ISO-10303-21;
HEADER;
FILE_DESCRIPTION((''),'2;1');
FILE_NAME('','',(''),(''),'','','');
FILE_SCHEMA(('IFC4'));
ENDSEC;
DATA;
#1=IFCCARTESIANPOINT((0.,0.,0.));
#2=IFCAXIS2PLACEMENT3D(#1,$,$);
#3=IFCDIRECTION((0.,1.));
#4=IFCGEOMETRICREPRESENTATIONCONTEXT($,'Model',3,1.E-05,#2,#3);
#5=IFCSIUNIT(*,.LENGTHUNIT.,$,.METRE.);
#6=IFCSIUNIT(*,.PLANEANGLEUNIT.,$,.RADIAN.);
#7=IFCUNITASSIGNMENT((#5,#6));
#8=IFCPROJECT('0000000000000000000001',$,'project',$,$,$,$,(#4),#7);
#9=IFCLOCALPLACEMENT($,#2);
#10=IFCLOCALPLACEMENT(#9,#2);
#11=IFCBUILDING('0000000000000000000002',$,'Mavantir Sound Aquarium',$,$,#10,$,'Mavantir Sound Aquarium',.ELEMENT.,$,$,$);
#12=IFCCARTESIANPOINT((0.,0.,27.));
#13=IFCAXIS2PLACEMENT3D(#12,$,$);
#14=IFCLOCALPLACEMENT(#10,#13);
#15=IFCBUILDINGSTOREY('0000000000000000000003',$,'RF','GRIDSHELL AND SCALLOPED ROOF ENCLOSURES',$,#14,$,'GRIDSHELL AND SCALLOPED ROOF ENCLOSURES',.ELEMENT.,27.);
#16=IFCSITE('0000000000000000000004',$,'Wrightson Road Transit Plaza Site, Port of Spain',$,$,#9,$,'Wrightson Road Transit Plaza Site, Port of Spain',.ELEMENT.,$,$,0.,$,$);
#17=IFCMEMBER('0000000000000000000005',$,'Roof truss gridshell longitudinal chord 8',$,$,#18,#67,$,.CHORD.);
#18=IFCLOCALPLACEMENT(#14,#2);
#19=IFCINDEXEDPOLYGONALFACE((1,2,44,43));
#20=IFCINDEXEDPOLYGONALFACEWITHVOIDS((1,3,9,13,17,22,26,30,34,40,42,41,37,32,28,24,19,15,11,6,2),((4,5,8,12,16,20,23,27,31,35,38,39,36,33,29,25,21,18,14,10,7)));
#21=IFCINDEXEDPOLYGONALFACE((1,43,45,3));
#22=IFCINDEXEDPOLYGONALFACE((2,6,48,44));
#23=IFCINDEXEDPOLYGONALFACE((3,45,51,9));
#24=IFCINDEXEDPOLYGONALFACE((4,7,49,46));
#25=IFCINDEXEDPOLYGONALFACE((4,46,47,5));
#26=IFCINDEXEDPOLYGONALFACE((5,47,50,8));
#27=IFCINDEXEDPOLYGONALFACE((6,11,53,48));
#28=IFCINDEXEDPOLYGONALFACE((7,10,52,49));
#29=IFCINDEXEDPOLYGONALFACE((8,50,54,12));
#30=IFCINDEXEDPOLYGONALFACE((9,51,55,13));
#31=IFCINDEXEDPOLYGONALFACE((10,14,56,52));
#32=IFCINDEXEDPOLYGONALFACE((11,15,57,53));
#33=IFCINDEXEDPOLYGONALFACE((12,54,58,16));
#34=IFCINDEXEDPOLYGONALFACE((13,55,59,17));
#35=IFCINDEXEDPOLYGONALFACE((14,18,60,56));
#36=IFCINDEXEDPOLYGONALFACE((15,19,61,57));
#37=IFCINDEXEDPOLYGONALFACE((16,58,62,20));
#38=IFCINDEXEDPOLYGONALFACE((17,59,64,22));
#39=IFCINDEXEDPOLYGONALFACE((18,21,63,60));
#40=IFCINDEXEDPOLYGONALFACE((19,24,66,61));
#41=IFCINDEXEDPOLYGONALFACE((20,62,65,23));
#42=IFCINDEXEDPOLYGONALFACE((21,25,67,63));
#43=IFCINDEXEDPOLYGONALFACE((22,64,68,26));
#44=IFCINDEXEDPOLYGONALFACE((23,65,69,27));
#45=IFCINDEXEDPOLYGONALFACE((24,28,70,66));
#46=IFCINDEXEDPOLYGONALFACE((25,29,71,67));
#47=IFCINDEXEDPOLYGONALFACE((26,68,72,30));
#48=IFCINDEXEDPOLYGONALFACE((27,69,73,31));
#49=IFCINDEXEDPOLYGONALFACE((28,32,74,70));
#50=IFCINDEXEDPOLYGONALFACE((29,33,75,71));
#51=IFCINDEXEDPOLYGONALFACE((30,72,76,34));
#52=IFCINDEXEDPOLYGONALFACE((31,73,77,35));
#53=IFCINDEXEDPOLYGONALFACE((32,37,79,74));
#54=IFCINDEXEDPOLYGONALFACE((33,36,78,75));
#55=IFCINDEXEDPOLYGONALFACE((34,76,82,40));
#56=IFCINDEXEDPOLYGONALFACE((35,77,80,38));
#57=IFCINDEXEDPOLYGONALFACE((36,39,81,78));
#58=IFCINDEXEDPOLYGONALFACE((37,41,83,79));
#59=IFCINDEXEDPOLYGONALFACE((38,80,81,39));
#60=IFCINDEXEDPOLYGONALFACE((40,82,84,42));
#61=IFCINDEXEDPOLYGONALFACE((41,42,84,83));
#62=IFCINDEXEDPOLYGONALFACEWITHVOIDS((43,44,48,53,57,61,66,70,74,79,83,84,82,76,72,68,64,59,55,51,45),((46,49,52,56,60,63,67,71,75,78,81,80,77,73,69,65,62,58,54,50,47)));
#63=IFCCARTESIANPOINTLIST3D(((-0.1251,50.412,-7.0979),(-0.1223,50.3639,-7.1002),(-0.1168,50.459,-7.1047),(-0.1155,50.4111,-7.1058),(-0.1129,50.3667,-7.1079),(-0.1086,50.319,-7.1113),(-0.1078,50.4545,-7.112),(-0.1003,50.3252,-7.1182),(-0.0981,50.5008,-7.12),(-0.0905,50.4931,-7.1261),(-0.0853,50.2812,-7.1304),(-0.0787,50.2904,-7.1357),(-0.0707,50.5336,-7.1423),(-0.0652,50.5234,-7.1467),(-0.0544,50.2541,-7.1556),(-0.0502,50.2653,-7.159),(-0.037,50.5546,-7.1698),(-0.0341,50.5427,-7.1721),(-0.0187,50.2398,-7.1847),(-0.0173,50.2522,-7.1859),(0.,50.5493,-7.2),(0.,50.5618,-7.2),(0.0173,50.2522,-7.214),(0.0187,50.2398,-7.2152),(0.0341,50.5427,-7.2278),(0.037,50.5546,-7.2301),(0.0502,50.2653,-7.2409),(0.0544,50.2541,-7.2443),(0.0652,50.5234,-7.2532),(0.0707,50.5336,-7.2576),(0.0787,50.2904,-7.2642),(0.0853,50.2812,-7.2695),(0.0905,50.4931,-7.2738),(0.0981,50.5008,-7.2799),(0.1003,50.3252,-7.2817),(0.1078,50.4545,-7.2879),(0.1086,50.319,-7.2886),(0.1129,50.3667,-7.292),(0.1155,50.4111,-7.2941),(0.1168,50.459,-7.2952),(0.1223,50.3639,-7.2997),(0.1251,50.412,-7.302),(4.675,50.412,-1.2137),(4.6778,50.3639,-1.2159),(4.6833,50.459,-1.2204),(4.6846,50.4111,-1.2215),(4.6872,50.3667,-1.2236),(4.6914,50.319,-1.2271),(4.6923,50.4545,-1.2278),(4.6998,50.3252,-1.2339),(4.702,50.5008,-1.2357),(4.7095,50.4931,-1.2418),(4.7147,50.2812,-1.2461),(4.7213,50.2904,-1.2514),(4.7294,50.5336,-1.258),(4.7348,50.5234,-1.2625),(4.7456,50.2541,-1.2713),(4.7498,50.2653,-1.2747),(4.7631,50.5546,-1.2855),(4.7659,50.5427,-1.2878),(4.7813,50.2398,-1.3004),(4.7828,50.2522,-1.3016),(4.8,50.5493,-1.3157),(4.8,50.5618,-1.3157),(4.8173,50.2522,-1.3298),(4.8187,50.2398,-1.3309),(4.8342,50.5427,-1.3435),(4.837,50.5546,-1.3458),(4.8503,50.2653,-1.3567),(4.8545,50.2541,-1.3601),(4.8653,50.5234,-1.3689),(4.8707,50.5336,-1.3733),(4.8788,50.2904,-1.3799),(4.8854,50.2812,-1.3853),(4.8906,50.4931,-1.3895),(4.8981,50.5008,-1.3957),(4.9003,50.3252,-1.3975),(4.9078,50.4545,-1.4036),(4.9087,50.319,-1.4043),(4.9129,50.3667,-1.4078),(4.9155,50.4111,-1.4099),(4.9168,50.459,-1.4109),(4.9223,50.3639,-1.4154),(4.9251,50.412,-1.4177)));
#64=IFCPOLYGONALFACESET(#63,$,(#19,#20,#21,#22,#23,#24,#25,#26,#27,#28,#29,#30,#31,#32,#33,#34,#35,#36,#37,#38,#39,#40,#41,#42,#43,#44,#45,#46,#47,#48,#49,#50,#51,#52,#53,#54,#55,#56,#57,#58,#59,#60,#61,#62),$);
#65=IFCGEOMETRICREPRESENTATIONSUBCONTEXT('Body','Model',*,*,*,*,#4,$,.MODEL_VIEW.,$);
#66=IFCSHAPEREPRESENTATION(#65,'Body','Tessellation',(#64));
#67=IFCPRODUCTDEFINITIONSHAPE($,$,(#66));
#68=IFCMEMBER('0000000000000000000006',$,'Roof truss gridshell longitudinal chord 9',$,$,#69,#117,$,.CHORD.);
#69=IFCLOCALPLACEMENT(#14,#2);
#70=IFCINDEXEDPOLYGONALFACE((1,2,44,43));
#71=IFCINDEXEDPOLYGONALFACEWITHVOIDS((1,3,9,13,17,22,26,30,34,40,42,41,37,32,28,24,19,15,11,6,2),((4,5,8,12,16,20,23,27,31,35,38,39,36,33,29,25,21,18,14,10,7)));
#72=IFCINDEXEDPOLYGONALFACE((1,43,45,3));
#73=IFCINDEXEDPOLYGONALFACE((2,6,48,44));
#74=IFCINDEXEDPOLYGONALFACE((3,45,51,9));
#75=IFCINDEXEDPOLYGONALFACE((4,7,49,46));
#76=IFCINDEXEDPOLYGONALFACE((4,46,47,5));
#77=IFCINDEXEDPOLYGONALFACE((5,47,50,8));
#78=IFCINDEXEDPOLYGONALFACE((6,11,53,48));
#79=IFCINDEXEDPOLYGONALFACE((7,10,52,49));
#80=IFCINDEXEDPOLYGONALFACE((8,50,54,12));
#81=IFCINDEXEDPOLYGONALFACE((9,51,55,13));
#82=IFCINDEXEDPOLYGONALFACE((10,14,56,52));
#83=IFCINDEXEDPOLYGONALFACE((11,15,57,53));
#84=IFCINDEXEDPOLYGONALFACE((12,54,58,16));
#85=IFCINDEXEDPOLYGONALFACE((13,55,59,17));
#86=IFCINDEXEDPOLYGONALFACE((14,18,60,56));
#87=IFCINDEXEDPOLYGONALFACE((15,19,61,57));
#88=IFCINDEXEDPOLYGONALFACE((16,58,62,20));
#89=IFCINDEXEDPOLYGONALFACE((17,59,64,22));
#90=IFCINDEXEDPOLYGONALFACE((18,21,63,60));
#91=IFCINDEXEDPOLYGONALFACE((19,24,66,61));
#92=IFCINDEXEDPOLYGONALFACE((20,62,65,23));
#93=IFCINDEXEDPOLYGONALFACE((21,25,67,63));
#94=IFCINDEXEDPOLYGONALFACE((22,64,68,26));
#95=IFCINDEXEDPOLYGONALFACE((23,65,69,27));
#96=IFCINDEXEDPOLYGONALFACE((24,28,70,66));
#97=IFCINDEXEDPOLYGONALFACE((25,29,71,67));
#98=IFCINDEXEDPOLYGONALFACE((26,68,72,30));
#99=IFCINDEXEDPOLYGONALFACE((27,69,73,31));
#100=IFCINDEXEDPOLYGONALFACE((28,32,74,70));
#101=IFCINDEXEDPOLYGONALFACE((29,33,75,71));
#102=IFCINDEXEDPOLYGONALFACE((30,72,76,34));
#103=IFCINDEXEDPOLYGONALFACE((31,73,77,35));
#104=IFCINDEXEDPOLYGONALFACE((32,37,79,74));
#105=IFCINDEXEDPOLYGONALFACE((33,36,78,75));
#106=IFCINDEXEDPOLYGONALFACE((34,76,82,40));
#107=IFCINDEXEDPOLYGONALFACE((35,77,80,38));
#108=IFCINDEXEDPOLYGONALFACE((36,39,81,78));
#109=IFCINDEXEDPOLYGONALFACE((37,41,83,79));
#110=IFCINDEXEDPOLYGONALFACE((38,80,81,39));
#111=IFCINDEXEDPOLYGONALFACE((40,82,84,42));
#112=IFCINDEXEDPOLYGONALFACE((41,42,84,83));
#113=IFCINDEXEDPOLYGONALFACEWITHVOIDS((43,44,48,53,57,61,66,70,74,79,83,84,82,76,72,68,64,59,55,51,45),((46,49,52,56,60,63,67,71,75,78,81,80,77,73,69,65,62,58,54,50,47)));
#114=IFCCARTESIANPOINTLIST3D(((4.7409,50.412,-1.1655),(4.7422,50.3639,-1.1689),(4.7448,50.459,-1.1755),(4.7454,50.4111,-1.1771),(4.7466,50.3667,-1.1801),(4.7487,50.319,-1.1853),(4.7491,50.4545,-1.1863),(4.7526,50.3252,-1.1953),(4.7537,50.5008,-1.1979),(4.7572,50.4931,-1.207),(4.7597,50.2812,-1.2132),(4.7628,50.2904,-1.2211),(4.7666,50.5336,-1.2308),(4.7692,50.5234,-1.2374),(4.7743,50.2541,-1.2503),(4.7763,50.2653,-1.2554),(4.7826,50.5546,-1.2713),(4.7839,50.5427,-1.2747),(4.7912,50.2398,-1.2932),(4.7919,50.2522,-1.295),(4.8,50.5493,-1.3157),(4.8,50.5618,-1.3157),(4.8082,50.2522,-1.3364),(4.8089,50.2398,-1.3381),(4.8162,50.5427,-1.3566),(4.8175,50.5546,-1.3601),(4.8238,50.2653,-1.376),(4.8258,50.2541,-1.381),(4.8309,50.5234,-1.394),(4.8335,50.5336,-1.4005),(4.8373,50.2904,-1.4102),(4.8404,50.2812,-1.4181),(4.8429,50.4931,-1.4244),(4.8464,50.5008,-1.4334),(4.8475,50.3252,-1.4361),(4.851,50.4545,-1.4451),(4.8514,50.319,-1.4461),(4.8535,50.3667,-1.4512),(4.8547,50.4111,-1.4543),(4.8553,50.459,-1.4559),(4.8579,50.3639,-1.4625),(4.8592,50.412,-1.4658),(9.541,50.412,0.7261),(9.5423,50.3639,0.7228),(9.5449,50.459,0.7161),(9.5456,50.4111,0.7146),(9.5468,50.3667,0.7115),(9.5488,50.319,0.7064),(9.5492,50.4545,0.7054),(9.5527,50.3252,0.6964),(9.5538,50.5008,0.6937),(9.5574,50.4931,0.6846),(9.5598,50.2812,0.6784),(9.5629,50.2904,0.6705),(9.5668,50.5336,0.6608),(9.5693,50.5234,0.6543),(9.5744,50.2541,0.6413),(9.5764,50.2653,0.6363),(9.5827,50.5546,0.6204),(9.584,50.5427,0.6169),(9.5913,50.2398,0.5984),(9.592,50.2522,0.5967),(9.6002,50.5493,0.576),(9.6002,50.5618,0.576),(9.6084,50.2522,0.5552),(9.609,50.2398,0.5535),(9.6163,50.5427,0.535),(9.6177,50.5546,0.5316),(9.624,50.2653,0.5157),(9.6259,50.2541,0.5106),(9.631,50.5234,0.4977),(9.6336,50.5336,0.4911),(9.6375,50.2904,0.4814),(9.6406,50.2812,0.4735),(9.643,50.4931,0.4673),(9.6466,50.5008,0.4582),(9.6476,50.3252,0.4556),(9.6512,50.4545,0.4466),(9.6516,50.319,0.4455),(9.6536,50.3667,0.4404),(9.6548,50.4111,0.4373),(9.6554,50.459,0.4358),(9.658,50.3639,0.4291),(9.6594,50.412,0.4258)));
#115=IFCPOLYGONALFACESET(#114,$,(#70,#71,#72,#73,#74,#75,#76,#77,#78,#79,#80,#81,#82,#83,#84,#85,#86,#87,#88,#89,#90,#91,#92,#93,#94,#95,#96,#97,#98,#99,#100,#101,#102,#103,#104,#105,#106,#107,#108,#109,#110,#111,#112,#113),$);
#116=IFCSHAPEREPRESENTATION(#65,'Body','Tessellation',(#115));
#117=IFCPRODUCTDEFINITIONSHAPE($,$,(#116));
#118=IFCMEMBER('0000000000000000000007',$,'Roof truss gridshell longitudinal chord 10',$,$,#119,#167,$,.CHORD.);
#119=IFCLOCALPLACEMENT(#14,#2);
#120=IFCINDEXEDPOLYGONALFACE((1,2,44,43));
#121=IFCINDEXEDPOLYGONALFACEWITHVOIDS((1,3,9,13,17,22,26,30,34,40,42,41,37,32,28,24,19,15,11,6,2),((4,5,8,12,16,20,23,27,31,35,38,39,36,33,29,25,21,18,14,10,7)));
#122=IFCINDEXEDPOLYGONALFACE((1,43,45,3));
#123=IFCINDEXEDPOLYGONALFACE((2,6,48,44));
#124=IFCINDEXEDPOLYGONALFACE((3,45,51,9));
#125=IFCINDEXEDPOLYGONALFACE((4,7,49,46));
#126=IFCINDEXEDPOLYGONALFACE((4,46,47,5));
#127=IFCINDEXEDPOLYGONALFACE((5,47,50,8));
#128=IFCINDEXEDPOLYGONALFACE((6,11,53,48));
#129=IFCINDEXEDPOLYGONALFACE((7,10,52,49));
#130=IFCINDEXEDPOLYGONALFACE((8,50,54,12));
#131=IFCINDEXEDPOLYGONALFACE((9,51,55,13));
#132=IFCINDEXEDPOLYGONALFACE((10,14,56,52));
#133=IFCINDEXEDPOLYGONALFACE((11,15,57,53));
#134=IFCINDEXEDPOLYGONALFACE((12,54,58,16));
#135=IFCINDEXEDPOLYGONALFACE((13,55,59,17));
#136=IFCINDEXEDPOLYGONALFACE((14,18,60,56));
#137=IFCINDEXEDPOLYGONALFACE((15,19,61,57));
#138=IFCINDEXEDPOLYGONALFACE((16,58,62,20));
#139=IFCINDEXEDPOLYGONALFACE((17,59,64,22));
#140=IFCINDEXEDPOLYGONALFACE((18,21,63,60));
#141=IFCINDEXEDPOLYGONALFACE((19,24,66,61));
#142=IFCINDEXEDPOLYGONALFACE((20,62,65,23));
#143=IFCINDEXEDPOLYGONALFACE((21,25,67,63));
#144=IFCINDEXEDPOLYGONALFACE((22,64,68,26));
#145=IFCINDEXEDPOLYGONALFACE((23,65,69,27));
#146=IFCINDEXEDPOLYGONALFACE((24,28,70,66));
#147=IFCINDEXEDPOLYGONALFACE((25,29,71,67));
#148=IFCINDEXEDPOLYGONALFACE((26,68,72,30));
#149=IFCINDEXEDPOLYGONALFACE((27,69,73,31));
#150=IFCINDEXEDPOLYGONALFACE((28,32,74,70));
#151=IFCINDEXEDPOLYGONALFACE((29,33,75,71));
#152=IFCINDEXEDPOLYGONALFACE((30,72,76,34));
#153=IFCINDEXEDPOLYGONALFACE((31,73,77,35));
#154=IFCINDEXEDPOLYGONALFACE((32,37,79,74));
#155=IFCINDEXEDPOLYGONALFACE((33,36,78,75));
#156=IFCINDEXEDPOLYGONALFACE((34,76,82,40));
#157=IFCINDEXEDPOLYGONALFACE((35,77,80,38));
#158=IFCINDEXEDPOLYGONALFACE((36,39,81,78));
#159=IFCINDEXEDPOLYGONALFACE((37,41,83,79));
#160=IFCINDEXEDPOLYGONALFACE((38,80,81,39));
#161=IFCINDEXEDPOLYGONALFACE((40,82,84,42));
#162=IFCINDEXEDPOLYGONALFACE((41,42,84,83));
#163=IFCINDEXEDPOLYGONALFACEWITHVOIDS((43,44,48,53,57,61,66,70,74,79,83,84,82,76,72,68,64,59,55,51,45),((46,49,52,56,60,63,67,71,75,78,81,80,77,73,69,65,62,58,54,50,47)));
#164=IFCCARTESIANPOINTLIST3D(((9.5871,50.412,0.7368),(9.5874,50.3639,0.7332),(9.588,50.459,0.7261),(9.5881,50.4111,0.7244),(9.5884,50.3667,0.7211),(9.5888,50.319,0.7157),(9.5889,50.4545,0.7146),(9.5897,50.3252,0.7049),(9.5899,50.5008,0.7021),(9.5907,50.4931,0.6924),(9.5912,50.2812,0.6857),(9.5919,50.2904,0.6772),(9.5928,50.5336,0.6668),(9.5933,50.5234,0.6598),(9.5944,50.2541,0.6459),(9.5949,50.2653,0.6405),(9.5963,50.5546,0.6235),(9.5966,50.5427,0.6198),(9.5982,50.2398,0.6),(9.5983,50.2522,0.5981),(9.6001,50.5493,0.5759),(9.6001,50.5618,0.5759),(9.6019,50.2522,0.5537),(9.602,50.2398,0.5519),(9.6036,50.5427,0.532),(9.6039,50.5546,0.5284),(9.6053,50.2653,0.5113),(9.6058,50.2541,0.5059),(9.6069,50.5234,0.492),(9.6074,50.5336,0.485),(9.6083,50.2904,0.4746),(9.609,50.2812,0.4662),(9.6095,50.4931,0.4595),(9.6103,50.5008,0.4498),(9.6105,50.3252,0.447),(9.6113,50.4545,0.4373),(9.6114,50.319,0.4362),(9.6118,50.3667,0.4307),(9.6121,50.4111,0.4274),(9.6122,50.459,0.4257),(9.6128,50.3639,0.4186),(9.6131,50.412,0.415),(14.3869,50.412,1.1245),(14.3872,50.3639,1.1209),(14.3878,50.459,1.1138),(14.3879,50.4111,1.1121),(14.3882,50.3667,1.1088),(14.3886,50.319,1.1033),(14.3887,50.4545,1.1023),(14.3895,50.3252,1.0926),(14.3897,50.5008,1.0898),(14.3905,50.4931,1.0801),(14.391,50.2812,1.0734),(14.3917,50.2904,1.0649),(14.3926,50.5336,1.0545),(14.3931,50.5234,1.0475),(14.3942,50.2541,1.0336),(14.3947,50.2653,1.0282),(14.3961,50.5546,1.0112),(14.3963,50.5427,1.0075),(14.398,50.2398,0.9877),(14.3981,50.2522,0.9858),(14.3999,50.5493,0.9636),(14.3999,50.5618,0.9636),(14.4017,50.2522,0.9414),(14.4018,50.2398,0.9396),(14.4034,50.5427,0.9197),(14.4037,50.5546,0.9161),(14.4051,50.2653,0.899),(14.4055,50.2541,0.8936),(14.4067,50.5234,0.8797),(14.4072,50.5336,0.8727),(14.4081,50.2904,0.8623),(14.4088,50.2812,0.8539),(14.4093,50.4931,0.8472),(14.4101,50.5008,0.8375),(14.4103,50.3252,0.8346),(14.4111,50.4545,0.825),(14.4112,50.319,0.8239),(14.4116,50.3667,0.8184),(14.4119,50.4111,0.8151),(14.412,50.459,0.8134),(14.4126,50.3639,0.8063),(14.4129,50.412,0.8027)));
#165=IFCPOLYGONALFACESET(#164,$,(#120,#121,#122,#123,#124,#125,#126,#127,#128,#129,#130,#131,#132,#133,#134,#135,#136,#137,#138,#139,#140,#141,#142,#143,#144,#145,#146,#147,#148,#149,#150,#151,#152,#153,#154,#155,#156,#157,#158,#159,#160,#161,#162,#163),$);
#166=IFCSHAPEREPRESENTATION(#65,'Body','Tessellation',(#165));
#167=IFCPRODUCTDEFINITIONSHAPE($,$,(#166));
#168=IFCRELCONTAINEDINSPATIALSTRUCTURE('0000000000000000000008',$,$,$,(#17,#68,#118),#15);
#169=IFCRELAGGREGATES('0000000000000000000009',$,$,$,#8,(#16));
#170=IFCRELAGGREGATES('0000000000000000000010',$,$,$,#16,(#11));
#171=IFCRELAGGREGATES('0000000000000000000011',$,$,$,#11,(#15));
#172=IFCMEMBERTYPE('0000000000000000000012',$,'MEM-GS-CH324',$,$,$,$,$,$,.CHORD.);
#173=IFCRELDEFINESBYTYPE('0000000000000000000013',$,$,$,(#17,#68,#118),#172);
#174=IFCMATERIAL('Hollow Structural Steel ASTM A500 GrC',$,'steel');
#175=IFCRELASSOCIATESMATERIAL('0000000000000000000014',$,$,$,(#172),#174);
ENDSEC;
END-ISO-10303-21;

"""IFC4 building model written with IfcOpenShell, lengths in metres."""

from ifc_helpers import new_model, si_unit, direction, frame, origin, origin_2d, place, context, subcontext, project, spatial, hollow_circle, extrude, material, material_profile, profile_set, type_object, element, save


model = new_model("IFC4")

# Units and contexts
model_context = context("Model", 3, precision=1e-05, world=origin(), true_north=direction((0.0, 1.0)))
body_context = subcontext(model_context, "Body", "Model", "MODEL_VIEW")
ifc_project = project(units=[si_unit("LENGTHUNIT", "METRE"), si_unit("PLANEANGLEUNIT", "RADIAN")], contexts=[model_context])

# Site, building, storey
site_placement = place(None, origin())
site = spatial("IfcSite", under=ifc_project, at=site_placement, Name="Wrightson Road Transit Plaza Site, Port of Spain", LongName="Wrightson Road Transit Plaza Site, Port of Spain", CompositionType="ELEMENT", RefElevation=0.0)
building_placement = place(site_placement, origin())
building = spatial("IfcBuilding", under=site, at=building_placement, Name="Mavantir Sound Aquarium", LongName="Mavantir Sound Aquarium", CompositionType="ELEMENT")
storey_placement = place(building_placement, frame((0.0, 0.0, 27.0)))
storey = spatial("IfcBuildingStorey", under=building, at=storey_placement, Name="RF", Description="GRIDSHELL AND SCALLOPED ROOF ENCLOSURES", LongName="GRIDSHELL AND SCALLOPED ROOF ENCLOSURES", CompositionType="ELEMENT", Elevation=27.0)

# Shared definitions
ifc_material_1 = material(Name="Hollow Structural Steel ASTM A500 GrC", Category="steel")

# Members
ifc_material_profile_1 = material_profile(ifc_material_1, hollow_circle(Radius=0.1619, WallThickness=0.0125, at=origin_2d()), Name="CHS 323.9X12.5")
ifc_profile_set_1 = profile_set([ifc_material_profile_1], Name="Hollow Structural Steel ASTM A500 GrC")
member_type_1 = type_object("IfcMemberType", Name="MEM-GS-CH324", PredefinedType="CHORD", material=ifc_profile_set_1)
member_1_placement = place(storey_placement, frame((0.0, 50.3999, -7.2), z_axis=(0.632104, 0.0, 0.774883), x_axis=(0.0, 1.0, 0.0)))
element("IfcMember", 1, at=member_1_placement, inside=storey, type_object=member_type_1, Name="Roof truss gridshell longitudinal chord 8", PredefinedType="CHORD", context=body_context, shape_type="SweptSolid", body=[
    extrude(hollow_circle(Radius=0.1619, WallThickness=0.0125, at=origin_2d()), origin(), (0.0, 0.0, 1.0), 7.5938),
])
member_2_placement = place(storey_placement, frame((4.8, 50.3999, -1.3157), z_axis=(0.930364, 0.0, 0.366637), x_axis=(0.0, 1.0, 0.0)))
element("IfcMember", 2, at=member_2_placement, inside=storey, type_object=member_type_1, Name="Roof truss gridshell longitudinal chord 9", PredefinedType="CHORD", context=body_context, shape_type="SweptSolid", body=[
    extrude(hollow_circle(Radius=0.1619, WallThickness=0.0125, at=origin_2d()), origin(), (0.0, 0.0, 1.0), 5.1594),
])
member_3_placement = place(storey_placement, frame((9.6001, 50.3999, 0.5759), z_axis=(0.996754, 0.0, 0.080511), x_axis=(0.0, 1.0, 0.0)))
element("IfcMember", 3, at=member_3_placement, inside=storey, type_object=member_type_1, Name="Roof truss gridshell longitudinal chord 10", PredefinedType="CHORD", context=body_context, shape_type="SweptSolid", body=[
    extrude(hollow_circle(Radius=0.1619, WallThickness=0.0125, at=origin_2d()), origin(), (0.0, 0.0, 1.0), 4.8154),
])

save(model, "model.ifc")
